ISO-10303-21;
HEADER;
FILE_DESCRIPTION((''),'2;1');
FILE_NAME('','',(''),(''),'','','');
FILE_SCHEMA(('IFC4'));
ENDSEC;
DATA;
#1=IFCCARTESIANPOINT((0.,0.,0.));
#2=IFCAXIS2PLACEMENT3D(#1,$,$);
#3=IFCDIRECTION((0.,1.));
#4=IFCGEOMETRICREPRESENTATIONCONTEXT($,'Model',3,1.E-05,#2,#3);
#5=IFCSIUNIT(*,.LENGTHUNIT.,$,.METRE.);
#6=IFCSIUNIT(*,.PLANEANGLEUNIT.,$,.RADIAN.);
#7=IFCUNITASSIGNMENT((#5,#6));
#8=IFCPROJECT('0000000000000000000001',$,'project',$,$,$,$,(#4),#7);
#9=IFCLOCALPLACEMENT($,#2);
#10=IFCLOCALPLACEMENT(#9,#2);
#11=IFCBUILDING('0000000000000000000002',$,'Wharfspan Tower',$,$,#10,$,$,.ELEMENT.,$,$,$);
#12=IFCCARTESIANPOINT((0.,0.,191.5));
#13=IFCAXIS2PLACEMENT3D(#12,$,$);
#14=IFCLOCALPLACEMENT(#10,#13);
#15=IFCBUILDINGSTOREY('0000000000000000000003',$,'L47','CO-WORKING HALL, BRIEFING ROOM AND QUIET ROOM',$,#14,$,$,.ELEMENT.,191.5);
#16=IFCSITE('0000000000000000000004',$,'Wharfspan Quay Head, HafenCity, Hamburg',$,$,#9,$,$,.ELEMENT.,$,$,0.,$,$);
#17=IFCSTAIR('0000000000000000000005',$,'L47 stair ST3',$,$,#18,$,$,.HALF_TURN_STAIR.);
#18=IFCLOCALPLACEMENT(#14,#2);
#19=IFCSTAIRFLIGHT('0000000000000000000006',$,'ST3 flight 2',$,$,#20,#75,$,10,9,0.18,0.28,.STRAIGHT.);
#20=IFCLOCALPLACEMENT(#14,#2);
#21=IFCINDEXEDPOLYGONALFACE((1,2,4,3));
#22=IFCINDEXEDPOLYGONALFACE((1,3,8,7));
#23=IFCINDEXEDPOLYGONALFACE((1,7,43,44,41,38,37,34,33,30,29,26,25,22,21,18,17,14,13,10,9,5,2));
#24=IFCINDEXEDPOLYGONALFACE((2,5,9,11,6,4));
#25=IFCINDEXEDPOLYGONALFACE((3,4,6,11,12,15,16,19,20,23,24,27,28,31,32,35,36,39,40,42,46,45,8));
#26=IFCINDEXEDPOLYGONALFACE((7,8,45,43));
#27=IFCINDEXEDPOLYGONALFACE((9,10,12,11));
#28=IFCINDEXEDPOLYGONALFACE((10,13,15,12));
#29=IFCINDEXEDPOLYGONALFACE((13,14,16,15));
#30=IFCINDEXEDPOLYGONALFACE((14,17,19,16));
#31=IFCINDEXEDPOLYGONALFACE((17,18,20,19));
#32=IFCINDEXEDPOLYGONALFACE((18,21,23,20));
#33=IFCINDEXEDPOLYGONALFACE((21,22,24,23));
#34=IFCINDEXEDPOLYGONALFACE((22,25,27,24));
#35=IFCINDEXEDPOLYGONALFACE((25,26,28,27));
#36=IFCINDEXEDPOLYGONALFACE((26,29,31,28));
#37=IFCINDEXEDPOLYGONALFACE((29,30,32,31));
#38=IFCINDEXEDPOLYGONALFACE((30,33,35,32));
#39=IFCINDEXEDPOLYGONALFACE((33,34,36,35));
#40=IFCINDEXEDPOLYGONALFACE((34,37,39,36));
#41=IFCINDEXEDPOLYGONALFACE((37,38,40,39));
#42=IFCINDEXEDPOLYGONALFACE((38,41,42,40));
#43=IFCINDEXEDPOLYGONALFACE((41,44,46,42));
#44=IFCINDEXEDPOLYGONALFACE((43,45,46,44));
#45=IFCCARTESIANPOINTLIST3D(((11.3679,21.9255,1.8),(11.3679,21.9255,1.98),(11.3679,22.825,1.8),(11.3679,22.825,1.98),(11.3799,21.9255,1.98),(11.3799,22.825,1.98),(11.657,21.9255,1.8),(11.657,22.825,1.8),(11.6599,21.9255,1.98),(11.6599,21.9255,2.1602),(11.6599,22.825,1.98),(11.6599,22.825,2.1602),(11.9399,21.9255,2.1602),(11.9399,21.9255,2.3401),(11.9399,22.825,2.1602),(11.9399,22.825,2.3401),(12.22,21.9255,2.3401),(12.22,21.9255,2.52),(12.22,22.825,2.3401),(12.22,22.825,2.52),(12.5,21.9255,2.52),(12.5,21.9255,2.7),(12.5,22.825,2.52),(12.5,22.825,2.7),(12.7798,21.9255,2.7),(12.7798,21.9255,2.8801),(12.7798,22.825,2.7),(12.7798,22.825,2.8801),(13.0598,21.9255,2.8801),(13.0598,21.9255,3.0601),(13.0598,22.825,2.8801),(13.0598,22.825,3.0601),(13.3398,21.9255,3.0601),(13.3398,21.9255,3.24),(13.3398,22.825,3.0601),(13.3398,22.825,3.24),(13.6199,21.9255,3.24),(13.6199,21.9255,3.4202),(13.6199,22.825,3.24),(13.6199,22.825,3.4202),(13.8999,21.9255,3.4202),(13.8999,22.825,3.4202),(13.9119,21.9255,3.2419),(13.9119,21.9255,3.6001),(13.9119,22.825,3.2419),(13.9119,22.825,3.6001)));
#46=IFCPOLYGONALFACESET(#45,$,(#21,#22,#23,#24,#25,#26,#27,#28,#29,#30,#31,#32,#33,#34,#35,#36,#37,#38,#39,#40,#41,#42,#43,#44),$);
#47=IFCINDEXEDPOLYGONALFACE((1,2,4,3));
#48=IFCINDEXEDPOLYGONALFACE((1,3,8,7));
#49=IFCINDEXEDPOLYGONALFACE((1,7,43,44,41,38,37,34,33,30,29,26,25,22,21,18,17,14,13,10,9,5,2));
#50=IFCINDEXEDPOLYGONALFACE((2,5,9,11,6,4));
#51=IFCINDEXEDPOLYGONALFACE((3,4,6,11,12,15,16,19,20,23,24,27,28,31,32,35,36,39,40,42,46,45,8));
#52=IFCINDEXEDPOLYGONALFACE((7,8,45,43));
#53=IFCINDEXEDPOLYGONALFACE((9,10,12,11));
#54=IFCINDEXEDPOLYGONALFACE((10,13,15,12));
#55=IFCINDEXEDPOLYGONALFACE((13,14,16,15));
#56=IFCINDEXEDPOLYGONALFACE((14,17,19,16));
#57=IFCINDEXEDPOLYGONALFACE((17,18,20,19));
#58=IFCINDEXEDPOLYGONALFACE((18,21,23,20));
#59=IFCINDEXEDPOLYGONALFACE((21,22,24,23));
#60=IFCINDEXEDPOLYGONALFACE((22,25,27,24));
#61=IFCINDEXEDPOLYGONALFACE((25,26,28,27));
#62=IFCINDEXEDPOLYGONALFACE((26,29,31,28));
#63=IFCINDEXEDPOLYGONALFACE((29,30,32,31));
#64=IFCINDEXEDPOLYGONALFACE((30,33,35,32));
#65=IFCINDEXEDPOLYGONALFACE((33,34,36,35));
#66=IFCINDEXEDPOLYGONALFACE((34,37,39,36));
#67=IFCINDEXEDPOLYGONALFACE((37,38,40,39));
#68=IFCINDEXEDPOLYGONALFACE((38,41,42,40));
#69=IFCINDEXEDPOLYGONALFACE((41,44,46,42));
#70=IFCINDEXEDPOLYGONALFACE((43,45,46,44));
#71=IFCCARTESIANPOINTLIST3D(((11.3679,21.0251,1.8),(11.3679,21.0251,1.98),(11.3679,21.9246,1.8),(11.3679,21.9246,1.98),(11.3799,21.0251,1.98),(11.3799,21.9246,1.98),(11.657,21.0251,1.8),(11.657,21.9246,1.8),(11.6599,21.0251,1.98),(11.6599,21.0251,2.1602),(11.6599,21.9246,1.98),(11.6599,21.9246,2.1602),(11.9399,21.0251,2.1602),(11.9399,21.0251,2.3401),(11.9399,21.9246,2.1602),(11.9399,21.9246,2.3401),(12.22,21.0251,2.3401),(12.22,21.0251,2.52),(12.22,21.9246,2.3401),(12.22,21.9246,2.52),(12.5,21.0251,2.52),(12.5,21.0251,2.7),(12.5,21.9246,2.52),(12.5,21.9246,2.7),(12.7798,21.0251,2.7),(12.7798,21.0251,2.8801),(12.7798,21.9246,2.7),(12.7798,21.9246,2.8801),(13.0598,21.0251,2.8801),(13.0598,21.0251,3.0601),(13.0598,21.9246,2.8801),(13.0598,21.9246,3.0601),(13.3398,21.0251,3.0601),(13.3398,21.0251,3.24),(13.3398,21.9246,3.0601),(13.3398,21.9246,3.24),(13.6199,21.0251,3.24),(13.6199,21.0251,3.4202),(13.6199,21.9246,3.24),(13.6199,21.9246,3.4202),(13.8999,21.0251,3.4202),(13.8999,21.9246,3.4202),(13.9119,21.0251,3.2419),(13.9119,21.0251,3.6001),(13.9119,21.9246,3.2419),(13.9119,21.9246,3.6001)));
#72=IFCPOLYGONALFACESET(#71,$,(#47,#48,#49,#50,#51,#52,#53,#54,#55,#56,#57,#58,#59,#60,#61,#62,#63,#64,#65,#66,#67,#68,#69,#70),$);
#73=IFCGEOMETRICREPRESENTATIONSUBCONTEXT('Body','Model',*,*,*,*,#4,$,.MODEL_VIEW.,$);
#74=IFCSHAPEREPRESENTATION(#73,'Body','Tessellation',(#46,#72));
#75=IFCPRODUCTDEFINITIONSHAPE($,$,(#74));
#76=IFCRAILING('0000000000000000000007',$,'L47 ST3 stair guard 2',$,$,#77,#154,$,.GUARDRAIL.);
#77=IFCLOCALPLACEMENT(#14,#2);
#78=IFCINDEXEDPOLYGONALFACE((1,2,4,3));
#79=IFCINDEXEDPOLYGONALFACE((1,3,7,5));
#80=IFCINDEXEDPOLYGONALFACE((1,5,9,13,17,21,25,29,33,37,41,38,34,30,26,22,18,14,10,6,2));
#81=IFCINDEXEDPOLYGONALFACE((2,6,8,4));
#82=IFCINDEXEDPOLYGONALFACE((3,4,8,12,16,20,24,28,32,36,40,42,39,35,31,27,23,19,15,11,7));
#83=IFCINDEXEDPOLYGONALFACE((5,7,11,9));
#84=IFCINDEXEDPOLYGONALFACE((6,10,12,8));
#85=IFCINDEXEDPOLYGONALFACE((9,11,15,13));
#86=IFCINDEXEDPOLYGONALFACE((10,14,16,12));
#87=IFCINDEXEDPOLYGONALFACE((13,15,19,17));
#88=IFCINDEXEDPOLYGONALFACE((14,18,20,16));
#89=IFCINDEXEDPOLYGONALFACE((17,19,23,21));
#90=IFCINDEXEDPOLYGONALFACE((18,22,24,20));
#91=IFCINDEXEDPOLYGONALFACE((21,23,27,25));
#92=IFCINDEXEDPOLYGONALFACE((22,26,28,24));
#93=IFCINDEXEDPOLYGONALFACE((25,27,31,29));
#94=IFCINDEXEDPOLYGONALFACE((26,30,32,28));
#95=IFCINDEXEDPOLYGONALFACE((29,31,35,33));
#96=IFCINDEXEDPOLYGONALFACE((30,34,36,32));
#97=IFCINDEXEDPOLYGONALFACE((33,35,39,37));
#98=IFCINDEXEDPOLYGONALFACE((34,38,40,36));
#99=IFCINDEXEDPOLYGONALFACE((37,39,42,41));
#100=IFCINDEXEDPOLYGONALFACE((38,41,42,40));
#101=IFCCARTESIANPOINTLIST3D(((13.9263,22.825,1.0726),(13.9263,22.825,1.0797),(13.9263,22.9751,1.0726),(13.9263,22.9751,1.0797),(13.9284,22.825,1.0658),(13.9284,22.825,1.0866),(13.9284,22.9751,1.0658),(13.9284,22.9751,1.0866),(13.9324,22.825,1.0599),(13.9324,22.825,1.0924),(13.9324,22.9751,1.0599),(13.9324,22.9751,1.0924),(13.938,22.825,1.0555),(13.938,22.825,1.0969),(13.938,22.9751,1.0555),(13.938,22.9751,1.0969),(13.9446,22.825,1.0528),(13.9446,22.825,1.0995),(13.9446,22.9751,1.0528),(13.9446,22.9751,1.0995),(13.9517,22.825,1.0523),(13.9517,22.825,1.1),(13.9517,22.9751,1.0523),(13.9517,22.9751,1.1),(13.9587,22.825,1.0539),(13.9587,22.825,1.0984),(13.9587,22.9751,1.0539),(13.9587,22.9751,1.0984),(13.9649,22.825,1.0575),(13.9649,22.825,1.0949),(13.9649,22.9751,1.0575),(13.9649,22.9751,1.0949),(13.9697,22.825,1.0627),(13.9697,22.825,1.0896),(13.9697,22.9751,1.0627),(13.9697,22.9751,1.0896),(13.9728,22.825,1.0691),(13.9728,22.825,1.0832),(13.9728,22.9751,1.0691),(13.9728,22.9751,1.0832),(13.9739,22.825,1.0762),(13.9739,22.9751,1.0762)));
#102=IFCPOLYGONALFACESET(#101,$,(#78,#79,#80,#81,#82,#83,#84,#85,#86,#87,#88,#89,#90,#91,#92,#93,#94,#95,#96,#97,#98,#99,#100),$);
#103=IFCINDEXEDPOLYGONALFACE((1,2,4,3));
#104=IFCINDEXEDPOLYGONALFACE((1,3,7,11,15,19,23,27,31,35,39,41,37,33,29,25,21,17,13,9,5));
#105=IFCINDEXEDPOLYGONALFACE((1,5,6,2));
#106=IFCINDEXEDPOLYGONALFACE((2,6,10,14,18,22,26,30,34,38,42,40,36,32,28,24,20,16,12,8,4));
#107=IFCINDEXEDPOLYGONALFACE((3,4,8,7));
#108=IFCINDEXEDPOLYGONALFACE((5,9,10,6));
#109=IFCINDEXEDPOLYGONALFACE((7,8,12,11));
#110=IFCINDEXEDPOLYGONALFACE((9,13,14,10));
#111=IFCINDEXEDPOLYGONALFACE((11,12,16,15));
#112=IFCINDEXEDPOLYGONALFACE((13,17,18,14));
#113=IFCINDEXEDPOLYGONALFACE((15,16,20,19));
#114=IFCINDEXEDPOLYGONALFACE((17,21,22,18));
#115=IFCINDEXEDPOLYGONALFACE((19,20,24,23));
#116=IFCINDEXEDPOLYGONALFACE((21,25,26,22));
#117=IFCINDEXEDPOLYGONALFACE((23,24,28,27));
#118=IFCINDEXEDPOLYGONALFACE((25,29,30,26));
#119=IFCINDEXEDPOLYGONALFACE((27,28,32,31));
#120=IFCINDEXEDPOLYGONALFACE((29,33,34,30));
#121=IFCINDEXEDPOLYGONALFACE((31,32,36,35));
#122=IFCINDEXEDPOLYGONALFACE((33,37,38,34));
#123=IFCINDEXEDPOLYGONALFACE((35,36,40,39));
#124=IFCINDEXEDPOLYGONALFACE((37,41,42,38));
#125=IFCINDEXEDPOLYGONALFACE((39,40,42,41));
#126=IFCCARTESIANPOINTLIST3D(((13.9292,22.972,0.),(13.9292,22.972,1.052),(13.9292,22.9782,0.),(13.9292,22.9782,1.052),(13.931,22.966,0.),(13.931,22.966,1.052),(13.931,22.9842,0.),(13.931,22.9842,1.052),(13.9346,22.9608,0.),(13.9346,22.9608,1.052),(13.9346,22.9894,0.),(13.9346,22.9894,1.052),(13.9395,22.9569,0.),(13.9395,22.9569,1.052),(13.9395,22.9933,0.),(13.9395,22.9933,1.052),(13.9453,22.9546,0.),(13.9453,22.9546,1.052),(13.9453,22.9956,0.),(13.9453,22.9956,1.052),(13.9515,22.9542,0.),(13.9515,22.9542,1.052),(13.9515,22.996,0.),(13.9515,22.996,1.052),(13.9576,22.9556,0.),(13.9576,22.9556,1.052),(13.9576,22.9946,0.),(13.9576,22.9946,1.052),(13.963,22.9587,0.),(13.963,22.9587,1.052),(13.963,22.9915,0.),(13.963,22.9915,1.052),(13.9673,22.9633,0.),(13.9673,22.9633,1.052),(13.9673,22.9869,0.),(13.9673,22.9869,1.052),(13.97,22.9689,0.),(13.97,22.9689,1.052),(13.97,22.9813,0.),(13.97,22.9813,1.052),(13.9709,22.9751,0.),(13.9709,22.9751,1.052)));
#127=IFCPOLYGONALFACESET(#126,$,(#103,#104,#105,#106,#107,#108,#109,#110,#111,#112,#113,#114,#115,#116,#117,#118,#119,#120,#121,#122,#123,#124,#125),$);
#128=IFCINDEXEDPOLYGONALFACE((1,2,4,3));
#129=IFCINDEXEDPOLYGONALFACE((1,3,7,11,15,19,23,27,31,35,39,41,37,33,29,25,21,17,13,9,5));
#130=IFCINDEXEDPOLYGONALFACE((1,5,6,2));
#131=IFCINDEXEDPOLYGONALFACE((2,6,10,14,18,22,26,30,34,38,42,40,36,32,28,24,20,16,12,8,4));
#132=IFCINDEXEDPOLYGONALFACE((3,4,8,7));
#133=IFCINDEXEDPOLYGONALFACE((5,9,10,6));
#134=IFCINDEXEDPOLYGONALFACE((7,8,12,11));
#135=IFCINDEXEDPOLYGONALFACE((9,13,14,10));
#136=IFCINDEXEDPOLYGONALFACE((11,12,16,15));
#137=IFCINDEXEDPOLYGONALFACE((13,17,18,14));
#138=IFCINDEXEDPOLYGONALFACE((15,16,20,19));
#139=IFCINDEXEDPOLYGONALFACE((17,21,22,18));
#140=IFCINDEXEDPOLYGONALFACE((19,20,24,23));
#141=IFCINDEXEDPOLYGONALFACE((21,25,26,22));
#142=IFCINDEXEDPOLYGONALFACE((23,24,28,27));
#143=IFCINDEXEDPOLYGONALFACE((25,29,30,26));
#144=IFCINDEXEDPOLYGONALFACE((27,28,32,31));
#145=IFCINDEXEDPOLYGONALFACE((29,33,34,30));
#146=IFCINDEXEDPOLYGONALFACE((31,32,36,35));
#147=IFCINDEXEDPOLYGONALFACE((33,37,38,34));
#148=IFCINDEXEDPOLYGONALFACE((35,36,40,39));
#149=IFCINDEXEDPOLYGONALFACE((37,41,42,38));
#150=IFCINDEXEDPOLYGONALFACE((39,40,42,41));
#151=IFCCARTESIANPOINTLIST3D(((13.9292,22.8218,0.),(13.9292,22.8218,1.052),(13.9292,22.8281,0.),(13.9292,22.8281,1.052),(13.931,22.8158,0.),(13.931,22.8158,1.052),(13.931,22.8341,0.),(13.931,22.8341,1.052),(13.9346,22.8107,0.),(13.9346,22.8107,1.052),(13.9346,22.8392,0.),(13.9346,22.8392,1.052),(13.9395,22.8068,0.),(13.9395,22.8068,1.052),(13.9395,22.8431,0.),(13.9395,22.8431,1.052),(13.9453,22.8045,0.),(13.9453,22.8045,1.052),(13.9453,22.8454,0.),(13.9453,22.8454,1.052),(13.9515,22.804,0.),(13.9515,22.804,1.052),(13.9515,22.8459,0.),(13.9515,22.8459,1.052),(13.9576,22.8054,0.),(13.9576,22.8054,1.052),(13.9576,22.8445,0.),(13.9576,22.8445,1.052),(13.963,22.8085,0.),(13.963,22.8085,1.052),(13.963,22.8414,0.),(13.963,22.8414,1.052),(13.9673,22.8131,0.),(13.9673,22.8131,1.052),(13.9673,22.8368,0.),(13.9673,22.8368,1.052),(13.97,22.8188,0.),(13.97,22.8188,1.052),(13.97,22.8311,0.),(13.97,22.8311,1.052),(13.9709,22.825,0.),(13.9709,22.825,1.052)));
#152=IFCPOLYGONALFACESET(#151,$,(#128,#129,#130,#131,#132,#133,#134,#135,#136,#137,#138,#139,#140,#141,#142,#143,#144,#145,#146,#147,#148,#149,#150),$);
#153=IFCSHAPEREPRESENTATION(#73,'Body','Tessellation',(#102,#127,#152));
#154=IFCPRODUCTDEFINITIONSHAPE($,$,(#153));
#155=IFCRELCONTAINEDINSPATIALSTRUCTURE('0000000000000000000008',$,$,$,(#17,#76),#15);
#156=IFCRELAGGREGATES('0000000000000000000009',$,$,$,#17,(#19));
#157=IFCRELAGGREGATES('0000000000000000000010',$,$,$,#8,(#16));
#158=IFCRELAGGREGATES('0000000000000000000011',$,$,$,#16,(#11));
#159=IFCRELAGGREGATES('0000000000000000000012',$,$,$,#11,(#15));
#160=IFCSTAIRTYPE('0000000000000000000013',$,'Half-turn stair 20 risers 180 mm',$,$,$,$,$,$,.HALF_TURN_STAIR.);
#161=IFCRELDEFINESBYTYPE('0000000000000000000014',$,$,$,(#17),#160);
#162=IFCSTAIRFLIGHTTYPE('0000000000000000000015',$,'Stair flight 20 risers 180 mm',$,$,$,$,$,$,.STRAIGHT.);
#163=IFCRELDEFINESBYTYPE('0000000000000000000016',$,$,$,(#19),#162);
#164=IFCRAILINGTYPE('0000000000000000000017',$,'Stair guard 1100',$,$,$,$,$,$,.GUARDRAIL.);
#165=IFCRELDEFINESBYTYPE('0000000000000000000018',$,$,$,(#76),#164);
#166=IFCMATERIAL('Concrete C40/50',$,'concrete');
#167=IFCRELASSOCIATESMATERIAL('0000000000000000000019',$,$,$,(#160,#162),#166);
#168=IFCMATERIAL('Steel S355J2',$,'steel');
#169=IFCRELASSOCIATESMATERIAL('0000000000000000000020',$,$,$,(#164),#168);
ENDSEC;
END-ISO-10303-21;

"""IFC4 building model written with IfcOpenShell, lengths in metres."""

from ifc_helpers import new_model, si_unit, direction, frame, origin, origin_2d, place, context, subcontext, project, spatial, polyline, circle, outline, extrude, material, type_object, element, aggregate, save


model = new_model("IFC4")

# Units and contexts
model_context = context("Model", 3, precision=1e-05, world=origin(), true_north=direction((0.0, 1.0)))
body_context = subcontext(model_context, "Body", "Model", "MODEL_VIEW")
ifc_project = project(units=[si_unit("LENGTHUNIT", "METRE"), si_unit("PLANEANGLEUNIT", "RADIAN")], contexts=[model_context])

# Site, building, storey
site_placement = place(None, origin())
site = spatial("IfcSite", under=ifc_project, at=site_placement, Name="Wharfspan Quay Head, HafenCity, Hamburg", CompositionType="ELEMENT", RefElevation=0.0)
building_placement = place(site_placement, origin())
building = spatial("IfcBuilding", under=site, at=building_placement, Name="Wharfspan Tower", CompositionType="ELEMENT")
storey_placement = place(building_placement, frame((0.0, 0.0, 191.5)))
storey = spatial("IfcBuildingStorey", under=building, at=storey_placement, Name="L47", Description="CO-WORKING HALL, BRIEFING ROOM AND QUIET ROOM", CompositionType="ELEMENT", Elevation=191.5)

# Shared definitions
ifc_material_1 = material(Name="Steel S355J2", Category="steel")

# Shared definitions
ifc_material_2 = material(Name="Concrete C40/50", Category="concrete")

# Stair, stair flight
stair_type = type_object("IfcStairType", Name="Half-turn stair 20 risers 180 mm", PredefinedType="HALF_TURN_STAIR", material=ifc_material_2)
stair_placement = place(storey_placement, origin())
stair = element("IfcStair", 1, at=stair_placement, inside=storey, type_object=stair_type, Name="L47 stair ST3", PredefinedType="HALF_TURN_STAIR")
stair_flight_type = type_object("IfcStairFlightType", Name="Stair flight 20 risers 180 mm", PredefinedType="STRAIGHT", material=ifc_material_2)
stair_flight_1_placement = place(storey_placement, frame((11.3799, 21.925, 1.8), z_axis=(0.0, 0.0, 1.0), x_axis=(1.0, 0.0, 0.0)))
stair_flight_1 = element("IfcStairFlight", 2, at=stair_flight_1_placement, type_object=stair_flight_type, Name="ST3 flight 2", NumberOfRisers=10, NumberOfTreads=9, PredefinedType="STRAIGHT", RiserHeight=0.18, TreadLength=0.28, context=body_context, shape_type="SweptSolid", body=[
    extrude(outline(polyline([(-0.012, 0.0), (-0.012, 0.1799), (0.0, 0.1799), (0.28, 0.1799), (0.28, 0.3601), (0.5601, 0.3601), (0.5601, 0.54), (0.8401, 0.54), (0.8401, 0.72), (1.1201, 0.72), (1.1201, 0.8999), (1.3999, 0.8999), (1.3999, 1.0801), (1.6799, 1.0801), (1.6799, 1.26), (1.96, 1.26), (1.96, 1.4399), (2.24, 1.4399), (2.24, 1.6201), (2.52, 1.6201), (2.532, 1.8), (2.532, 1.4419), (0.2771, 0.0), (-0.012, 0.0)])), frame((0.0, 0.8999, 0.0), z_axis=(0.0, -1.0, 0.0), x_axis=(1.0, 0.0, 0.0)), (0.0, 0.0, 1.0), 0.8994),
    extrude(outline(polyline([(-0.012, 0.0), (-0.012, 0.1799), (0.0, 0.1799), (0.28, 0.1799), (0.28, 0.3601), (0.5601, 0.3601), (0.5601, 0.54), (0.8401, 0.54), (0.8401, 0.72), (1.1201, 0.72), (1.1201, 0.8999), (1.3999, 0.8999), (1.3999, 1.0801), (1.6799, 1.0801), (1.6799, 1.26), (1.96, 1.26), (1.96, 1.4399), (2.24, 1.4399), (2.24, 1.6201), (2.52, 1.6201), (2.532, 1.8), (2.532, 1.4419), (0.2771, 0.0), (-0.012, 0.0)])), frame((0.0, -0.0005, 0.0), z_axis=(0.0, -1.0, 0.0), x_axis=(1.0, 0.0, 0.0)), (0.0, 0.0, 1.0), 0.8994),
])
aggregate(stair, [stair_flight_1])

# Railing
railing_type_1 = type_object("IfcRailingType", Name="Stair guard 1100", PredefinedType="GUARDRAIL", material=ifc_material_1)
railing_1_placement = place(storey_placement, frame((13.95, 22.9751, 0.0)))
element("IfcRailing", 3, at=railing_1_placement, inside=storey, type_object=railing_type_1, Name="L47 ST3 stair guard 2", PredefinedType="GUARDRAIL", context=body_context, shape_type="SweptSolid", body=[
    extrude(circle(Radius=0.0239, at=origin_2d()), frame((0.0, 0.0, 1.0762), z_axis=(0.0, -1.0, 0.0), x_axis=(1.0, 0.0, 0.0)), (0.0, 0.0, 1.0), 0.1501),
    extrude(circle(Radius=0.021, at=origin_2d()), origin(), (0.0, 0.0, 1.0), 1.052),
    extrude(circle(Radius=0.021, at=origin_2d()), frame((0.0, -0.1501, 0.0)), (0.0, 0.0, 1.0), 1.052),
])

save(model, "model.ifc")
